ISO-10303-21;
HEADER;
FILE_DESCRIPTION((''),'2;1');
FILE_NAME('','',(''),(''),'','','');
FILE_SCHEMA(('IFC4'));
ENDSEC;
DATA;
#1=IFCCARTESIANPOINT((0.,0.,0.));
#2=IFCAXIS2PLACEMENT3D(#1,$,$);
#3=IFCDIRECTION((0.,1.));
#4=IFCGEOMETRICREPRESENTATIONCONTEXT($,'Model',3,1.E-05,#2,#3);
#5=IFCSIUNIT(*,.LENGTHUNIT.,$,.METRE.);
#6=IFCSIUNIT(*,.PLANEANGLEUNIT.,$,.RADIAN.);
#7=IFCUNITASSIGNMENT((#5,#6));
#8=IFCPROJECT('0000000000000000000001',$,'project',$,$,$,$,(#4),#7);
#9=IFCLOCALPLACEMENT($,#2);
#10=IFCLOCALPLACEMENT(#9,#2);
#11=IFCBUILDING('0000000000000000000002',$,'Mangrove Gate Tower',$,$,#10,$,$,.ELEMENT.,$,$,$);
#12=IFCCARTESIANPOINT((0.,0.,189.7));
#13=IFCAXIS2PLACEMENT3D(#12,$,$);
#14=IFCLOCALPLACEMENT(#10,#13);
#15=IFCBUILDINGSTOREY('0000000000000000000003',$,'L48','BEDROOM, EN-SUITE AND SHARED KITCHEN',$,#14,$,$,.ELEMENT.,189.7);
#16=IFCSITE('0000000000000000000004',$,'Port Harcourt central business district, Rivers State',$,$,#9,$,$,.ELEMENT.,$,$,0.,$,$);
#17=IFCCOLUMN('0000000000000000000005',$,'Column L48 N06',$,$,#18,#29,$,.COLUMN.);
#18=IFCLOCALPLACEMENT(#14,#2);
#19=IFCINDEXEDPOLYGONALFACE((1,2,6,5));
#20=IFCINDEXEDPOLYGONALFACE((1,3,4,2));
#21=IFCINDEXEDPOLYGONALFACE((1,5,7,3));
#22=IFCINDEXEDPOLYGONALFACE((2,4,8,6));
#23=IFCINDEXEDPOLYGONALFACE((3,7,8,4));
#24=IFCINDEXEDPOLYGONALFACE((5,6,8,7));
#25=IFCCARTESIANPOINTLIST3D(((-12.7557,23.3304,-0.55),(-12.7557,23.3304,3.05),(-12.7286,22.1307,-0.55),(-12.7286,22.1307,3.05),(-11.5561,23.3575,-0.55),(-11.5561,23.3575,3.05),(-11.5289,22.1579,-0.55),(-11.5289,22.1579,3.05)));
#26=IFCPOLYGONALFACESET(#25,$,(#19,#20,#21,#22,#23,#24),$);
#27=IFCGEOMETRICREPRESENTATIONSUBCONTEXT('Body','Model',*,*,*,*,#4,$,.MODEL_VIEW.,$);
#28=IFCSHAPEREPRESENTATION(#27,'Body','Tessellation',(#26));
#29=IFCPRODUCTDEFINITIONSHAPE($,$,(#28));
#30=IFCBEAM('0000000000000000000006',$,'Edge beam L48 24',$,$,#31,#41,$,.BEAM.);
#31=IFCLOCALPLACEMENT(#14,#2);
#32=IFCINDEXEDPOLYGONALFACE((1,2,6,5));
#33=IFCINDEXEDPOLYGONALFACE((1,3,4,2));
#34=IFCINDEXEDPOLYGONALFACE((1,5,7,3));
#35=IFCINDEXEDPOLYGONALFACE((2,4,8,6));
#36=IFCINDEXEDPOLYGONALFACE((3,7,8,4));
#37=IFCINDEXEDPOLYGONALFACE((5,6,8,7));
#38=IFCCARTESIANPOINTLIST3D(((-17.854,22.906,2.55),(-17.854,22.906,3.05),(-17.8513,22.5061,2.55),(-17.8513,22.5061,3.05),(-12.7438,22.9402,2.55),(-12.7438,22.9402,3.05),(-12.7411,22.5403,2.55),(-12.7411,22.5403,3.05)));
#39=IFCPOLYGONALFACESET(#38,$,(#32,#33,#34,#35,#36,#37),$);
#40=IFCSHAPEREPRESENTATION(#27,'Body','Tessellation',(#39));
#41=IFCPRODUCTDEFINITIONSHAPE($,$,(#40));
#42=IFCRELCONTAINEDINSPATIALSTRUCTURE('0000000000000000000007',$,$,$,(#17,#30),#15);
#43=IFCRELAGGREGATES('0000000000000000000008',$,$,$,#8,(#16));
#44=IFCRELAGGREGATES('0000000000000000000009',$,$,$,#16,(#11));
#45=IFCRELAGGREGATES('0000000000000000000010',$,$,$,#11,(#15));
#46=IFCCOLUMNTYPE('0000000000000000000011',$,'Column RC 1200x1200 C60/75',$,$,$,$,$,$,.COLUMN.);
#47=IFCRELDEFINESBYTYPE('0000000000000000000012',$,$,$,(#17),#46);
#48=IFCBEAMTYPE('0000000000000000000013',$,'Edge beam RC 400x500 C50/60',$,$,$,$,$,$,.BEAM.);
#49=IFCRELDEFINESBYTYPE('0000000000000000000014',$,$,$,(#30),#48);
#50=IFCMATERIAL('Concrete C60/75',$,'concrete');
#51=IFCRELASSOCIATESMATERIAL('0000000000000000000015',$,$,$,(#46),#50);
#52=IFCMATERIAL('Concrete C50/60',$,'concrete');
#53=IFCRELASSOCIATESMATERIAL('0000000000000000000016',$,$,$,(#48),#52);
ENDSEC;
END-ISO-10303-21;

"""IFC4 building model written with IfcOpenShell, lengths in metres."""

from ifc_helpers import new_model, si_unit, direction, frame, origin, origin_2d, place, context, subcontext, project, spatial, rectangle, extrude, material, material_profile, profile_set, type_object, element, save


model = new_model("IFC4")

# Units and contexts
model_context = context("Model", 3, precision=1e-05, world=origin(), true_north=direction((0.0, 1.0)))
body_context = subcontext(model_context, "Body", "Model", "MODEL_VIEW")
ifc_project = project(units=[si_unit("LENGTHUNIT", "METRE"), si_unit("PLANEANGLEUNIT", "RADIAN")], contexts=[model_context])

# Site, building, storey
site_placement = place(None, origin())
site = spatial("IfcSite", under=ifc_project, at=site_placement, Name="Port Harcourt central business district, Rivers State", CompositionType="ELEMENT", RefElevation=0.0)
building_placement = place(site_placement, origin())
building = spatial("IfcBuilding", under=site, at=building_placement, Name="Mangrove Gate Tower", CompositionType="ELEMENT")
storey_placement = place(building_placement, frame((0.0, 0.0, 189.7)))
storey = spatial("IfcBuildingStorey", under=building, at=storey_placement, Name="L48", Description="BEDROOM, EN-SUITE AND SHARED KITCHEN", CompositionType="ELEMENT", Elevation=189.7)

# Column
ifc_material_1 = material(Name="Concrete C60/75", Category="concrete")
ifc_material_profile_1 = material_profile(ifc_material_1, rectangle(XDim=1.2, YDim=1.2, at=origin_2d()))
ifc_profile_set_1 = profile_set([ifc_material_profile_1], Name="Concrete C60/75")
column_type = type_object("IfcColumnType", Name="Column RC 1200x1200 C60/75", PredefinedType="COLUMN", material=ifc_profile_set_1)
column_placement = place(storey_placement, frame((-12.1423, 22.7441, -0.55), z_axis=(0.0, 0.0, 1.0), x_axis=(-0.999744, -0.022639, 0.0)))
element("IfcColumn", 1, at=column_placement, inside=storey, type_object=column_type, Name="Column L48 N06", PredefinedType="COLUMN", context=body_context, shape_type="SweptSolid", body=[
    extrude(rectangle(XDim=1.2, YDim=1.2, at=origin_2d()), origin(), (0.0, 0.0, 1.0), 3.6001),
])

# Beam
ifc_material_2 = material(Name="Concrete C50/60", Category="concrete")
ifc_material_profile_2 = material_profile(ifc_material_2, rectangle(XDim=0.3999, YDim=0.5, at=origin_2d()))
ifc_profile_set_2 = profile_set([ifc_material_profile_2], Name="Concrete C50/60")
beam_type = type_object("IfcBeamType", Name="Edge beam RC 400x500 C50/60", PredefinedType="BEAM", material=ifc_profile_set_2)
beam_placement = place(storey_placement, frame((-12.7424, 22.7402, 2.8), z_axis=(-0.999978, -0.006688, 0.0), x_axis=(0.006688, -0.999978, 0.0)))
element("IfcBeam", 2, at=beam_placement, inside=storey, type_object=beam_type, Name="Edge beam L48 24", PredefinedType="BEAM", context=body_context, shape_type="SweptSolid", body=[
    extrude(rectangle(XDim=0.3999, YDim=0.5, at=origin_2d()), origin(), (0.0, 0.0, 1.0), 5.1104),
])

save(model, "model.ifc")
